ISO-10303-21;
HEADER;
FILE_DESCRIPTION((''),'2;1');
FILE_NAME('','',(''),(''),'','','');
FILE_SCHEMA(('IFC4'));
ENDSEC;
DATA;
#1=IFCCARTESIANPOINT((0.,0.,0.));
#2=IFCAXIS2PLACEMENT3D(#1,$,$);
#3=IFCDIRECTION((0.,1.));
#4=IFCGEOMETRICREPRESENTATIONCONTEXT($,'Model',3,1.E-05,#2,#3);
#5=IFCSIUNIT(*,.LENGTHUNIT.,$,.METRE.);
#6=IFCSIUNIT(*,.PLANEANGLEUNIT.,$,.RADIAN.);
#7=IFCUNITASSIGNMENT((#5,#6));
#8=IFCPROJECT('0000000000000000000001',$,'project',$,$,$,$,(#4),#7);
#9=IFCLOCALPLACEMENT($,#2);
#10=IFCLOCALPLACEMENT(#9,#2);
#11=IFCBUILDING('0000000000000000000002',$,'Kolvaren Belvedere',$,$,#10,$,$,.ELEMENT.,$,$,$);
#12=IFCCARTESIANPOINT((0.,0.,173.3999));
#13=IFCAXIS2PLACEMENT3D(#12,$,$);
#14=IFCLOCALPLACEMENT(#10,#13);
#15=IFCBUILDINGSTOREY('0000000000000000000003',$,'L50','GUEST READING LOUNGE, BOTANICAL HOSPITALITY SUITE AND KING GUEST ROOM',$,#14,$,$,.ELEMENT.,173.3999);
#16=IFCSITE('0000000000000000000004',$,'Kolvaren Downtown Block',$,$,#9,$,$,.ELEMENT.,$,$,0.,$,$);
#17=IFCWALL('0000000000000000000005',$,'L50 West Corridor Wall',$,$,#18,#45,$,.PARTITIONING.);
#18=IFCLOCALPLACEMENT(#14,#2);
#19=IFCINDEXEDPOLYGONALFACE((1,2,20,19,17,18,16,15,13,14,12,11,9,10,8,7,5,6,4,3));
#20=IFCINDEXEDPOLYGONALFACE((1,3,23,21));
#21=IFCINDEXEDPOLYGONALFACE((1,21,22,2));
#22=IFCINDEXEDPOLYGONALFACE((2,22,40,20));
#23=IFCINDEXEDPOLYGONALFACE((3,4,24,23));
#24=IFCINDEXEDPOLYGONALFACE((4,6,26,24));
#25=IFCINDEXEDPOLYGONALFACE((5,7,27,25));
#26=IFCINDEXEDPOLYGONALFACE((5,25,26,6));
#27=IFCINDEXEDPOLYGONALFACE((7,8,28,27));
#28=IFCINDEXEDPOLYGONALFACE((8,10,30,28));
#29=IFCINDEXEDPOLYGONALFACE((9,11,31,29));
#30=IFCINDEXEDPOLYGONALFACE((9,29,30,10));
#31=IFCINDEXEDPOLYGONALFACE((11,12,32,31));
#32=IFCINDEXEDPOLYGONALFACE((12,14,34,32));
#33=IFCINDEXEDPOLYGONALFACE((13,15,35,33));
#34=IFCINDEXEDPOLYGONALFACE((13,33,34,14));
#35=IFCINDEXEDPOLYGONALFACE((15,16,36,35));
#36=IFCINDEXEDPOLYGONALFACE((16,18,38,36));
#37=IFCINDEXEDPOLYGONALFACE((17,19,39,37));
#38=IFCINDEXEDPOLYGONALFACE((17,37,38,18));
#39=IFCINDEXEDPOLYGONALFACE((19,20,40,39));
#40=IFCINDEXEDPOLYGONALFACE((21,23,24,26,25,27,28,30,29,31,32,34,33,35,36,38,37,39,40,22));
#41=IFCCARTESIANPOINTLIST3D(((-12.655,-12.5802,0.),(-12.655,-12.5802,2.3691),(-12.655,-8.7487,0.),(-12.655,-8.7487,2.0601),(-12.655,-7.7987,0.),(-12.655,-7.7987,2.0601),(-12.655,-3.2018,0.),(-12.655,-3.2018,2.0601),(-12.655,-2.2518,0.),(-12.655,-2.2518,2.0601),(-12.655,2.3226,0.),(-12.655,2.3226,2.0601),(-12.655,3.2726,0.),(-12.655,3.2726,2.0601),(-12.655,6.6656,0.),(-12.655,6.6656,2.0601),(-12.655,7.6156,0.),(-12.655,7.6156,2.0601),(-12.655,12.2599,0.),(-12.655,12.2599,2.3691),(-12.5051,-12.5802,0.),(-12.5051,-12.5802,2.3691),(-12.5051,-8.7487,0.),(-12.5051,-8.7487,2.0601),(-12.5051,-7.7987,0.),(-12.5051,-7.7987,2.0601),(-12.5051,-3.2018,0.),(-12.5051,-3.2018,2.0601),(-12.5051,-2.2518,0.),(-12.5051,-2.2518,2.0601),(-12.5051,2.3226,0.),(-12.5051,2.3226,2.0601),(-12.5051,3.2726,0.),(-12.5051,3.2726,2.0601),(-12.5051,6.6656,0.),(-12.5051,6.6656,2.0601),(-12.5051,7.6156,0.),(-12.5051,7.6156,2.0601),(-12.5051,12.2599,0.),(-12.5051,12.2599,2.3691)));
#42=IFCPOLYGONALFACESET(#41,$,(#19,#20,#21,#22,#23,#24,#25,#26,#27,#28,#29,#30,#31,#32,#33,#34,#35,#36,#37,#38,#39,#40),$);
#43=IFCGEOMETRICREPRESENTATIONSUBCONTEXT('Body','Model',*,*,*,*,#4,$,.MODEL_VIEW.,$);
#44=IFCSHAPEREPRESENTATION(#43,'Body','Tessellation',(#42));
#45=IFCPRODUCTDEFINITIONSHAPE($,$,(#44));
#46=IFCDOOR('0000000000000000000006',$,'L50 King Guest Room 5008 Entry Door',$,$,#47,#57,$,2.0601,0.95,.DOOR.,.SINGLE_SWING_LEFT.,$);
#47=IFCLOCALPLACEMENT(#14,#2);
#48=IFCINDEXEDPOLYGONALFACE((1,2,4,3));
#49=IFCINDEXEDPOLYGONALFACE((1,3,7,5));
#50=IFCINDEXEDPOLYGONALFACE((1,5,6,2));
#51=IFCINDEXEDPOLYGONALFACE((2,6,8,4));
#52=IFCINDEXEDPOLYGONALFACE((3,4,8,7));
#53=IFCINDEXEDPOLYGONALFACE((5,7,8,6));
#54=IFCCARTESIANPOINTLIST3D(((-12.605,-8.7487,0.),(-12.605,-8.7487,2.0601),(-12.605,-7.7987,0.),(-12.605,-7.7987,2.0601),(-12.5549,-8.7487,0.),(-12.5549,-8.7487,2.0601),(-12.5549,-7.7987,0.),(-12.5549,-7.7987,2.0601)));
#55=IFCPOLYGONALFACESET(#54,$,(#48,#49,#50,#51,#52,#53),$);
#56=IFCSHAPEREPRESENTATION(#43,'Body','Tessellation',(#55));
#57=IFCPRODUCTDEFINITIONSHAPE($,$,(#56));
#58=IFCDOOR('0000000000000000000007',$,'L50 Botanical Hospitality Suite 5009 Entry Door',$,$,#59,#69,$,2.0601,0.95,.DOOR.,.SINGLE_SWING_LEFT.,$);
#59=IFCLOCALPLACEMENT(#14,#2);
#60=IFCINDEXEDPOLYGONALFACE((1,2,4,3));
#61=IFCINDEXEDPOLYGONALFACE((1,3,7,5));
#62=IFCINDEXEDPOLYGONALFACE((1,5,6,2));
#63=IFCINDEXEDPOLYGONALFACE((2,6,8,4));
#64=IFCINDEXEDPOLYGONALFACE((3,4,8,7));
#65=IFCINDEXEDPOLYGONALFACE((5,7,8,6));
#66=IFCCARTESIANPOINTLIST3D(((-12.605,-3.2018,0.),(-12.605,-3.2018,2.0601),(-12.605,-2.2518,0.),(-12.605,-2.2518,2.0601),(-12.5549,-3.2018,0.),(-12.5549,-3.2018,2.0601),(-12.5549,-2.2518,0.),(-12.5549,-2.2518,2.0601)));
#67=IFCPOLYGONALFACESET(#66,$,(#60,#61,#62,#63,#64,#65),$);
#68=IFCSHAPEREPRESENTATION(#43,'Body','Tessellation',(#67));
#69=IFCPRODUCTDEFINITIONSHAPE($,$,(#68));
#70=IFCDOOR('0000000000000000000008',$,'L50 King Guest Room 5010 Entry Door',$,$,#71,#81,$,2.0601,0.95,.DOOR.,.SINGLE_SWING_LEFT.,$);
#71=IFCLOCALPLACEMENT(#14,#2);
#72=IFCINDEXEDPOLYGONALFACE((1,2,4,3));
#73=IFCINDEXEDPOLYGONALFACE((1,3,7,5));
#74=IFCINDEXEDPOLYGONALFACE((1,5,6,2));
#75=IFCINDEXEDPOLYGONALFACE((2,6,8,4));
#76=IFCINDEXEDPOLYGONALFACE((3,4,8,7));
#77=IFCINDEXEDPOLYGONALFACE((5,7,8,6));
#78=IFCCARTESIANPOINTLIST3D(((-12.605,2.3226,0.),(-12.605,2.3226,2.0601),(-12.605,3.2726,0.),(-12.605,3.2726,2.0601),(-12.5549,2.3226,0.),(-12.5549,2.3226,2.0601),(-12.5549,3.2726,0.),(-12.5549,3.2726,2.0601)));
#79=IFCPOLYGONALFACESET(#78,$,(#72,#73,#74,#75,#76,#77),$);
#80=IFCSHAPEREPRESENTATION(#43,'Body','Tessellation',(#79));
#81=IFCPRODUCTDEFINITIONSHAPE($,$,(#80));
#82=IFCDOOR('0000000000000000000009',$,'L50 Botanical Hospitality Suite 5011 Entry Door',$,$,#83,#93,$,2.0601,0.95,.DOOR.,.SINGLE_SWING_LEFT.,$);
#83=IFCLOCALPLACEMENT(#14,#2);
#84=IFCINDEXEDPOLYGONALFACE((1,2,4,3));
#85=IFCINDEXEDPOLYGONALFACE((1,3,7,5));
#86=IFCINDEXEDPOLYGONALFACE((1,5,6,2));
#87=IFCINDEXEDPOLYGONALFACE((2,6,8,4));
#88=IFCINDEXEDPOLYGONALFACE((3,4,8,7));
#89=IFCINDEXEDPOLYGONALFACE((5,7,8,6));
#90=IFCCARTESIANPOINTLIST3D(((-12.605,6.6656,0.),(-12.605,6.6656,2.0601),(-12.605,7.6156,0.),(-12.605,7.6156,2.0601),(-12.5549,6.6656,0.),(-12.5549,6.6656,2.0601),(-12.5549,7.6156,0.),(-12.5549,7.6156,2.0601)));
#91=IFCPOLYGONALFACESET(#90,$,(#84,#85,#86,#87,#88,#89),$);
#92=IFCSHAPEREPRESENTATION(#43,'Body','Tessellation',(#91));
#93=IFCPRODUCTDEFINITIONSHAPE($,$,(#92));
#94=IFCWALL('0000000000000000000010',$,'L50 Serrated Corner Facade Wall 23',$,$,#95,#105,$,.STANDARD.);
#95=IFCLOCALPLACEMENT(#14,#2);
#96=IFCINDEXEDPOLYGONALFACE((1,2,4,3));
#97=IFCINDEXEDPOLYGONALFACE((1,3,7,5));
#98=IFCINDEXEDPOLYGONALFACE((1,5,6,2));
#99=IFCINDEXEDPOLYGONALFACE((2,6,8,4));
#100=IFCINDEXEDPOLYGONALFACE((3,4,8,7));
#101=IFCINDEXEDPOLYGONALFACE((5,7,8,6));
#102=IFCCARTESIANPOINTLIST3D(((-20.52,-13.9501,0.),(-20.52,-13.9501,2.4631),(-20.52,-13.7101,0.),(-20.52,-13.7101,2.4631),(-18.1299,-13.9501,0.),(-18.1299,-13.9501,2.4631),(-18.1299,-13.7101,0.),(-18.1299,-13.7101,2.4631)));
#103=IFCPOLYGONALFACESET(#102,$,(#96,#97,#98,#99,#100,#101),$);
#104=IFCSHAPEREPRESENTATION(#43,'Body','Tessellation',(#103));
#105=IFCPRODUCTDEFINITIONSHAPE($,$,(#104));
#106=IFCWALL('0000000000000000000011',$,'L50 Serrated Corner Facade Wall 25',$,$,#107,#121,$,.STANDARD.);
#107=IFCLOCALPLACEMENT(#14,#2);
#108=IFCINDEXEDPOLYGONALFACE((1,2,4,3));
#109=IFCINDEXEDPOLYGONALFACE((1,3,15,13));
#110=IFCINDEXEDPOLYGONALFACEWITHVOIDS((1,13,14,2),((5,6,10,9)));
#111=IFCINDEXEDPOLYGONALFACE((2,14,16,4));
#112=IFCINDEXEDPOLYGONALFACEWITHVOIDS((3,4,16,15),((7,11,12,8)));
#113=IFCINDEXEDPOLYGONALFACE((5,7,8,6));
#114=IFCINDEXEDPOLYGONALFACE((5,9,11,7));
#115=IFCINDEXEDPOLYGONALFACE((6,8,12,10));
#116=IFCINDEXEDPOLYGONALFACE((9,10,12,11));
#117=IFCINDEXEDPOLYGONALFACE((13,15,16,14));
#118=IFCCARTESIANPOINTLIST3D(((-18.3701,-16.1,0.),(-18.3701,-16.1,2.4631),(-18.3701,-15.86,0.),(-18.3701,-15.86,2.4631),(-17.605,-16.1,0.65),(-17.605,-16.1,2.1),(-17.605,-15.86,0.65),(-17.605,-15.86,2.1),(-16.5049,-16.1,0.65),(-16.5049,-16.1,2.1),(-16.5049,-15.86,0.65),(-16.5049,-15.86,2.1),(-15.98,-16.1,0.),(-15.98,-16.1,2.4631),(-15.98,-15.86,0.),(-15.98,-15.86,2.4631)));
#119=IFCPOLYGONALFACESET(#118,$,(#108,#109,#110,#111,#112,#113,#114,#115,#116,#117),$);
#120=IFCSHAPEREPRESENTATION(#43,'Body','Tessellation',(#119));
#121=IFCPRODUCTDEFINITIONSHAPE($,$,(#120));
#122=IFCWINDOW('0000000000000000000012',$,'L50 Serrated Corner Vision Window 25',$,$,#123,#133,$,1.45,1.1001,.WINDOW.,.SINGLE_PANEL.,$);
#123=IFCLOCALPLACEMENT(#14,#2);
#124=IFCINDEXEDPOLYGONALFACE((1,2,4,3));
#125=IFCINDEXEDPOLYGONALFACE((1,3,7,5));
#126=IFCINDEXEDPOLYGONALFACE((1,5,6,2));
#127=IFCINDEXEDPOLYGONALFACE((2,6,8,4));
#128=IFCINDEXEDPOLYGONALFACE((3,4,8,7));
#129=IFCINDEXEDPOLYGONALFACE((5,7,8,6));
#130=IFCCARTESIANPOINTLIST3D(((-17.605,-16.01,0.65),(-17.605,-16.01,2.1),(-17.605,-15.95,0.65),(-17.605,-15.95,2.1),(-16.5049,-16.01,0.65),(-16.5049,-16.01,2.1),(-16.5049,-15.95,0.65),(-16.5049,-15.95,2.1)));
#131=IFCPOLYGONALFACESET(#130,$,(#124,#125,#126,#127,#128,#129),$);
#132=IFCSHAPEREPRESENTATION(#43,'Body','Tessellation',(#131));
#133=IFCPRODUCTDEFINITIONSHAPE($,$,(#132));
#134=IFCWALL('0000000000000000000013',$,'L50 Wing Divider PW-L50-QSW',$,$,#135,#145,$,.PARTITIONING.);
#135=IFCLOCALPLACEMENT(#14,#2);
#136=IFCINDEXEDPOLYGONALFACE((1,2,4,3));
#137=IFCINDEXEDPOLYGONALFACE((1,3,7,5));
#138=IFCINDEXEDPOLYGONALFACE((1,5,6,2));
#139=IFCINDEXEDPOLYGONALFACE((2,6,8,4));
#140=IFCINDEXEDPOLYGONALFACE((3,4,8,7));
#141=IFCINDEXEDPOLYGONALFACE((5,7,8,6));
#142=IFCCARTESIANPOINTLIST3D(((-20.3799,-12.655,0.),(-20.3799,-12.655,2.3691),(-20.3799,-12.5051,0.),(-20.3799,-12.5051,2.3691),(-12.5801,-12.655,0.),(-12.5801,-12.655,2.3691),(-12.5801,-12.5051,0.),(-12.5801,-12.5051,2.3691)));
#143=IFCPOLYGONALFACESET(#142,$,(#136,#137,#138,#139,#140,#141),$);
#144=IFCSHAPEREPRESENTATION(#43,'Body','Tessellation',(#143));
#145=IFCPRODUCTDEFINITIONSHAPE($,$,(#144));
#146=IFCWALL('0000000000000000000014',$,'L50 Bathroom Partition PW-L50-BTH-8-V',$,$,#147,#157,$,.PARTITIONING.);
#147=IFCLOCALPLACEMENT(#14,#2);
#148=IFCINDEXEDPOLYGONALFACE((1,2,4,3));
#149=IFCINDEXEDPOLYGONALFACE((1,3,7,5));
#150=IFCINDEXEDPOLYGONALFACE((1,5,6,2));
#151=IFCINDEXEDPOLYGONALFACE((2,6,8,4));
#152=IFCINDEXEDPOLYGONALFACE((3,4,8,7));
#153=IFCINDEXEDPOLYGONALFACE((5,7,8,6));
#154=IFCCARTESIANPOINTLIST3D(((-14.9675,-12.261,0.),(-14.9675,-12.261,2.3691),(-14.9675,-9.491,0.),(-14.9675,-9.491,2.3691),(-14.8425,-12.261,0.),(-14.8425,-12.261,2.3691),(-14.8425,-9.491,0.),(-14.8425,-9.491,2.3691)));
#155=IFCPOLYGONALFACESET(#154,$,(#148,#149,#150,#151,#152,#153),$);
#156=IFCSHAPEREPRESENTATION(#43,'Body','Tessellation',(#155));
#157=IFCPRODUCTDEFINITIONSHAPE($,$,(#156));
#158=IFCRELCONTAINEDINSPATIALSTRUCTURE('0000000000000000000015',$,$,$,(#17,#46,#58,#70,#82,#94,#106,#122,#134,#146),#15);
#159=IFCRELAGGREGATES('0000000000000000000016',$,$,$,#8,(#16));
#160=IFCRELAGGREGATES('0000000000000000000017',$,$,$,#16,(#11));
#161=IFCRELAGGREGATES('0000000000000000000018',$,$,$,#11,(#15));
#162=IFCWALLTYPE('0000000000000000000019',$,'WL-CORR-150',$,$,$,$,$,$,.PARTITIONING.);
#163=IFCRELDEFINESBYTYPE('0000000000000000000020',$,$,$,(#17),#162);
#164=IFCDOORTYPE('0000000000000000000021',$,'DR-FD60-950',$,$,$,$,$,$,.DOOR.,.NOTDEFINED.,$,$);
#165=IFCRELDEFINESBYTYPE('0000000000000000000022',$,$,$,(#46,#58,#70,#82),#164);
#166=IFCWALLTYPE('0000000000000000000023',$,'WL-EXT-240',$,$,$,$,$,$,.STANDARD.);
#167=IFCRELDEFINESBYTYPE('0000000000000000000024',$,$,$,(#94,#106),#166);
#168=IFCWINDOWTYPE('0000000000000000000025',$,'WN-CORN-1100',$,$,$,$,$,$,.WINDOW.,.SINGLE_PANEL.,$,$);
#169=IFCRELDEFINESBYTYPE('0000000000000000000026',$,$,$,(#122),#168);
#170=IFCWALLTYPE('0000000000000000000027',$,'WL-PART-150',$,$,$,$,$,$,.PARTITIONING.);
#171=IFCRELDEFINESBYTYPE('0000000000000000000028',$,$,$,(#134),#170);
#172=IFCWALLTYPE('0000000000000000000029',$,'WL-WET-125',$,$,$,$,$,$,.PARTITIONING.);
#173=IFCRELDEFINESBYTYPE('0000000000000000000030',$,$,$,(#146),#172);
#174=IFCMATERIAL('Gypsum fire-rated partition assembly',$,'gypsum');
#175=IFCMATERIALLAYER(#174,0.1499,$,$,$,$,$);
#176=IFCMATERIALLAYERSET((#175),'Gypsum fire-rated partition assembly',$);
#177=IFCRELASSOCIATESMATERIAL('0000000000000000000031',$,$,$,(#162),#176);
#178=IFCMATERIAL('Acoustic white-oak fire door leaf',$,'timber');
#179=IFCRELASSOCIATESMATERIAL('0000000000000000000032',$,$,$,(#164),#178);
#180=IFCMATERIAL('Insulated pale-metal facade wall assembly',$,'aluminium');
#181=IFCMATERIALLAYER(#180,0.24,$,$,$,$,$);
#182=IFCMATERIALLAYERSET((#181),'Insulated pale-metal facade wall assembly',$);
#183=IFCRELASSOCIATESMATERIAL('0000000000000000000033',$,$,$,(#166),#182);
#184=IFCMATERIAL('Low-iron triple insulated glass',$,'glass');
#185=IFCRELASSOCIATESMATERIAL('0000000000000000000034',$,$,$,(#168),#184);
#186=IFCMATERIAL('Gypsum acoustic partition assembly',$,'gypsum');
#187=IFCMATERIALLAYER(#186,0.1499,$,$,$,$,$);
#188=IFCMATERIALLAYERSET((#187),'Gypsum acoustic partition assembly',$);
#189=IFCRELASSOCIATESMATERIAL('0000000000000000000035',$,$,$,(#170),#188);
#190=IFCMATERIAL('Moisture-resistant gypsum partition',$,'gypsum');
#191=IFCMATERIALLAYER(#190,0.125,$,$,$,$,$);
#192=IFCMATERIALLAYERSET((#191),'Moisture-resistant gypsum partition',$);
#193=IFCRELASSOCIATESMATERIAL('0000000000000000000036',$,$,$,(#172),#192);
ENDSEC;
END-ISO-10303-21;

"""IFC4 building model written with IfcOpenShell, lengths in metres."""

from ifc_helpers import new_model, si_unit, direction, frame, frame_2d, origin, place, context, subcontext, project, spatial, rectangle, extrude, material, layer, layer_set, type_object, element, fill, save


model = new_model("IFC4")

# Units and contexts
model_context = context("Model", 3, precision=1e-05, world=origin(), true_north=direction((0.0, 1.0)))
body_context = subcontext(model_context, "Body", "Model", "MODEL_VIEW")
ifc_project = project(units=[si_unit("LENGTHUNIT", "METRE"), si_unit("PLANEANGLEUNIT", "RADIAN")], contexts=[model_context])

# Site, building, storey
site_placement = place(None, origin())
site = spatial("IfcSite", under=ifc_project, at=site_placement, Name="Kolvaren Downtown Block", CompositionType="ELEMENT", RefElevation=0.0)
building_placement = place(site_placement, origin())
building = spatial("IfcBuilding", under=site, at=building_placement, Name="Kolvaren Belvedere", CompositionType="ELEMENT")
storey_placement = place(building_placement, frame((0.0, 0.0, 173.3999)))
storey = spatial("IfcBuildingStorey", under=building, at=storey_placement, Name="L50", Description="GUEST READING LOUNGE, BOTANICAL HOSPITALITY SUITE AND KING GUEST ROOM", CompositionType="ELEMENT", Elevation=173.3999)

# Wall, openings, doors
ifc_material_1 = material(Name="Gypsum fire-rated partition assembly", Category="gypsum")
ifc_layer_1 = layer(ifc_material_1, 0.1499)
ifc_layer_set_1 = layer_set([ifc_layer_1], Name="Gypsum fire-rated partition assembly")
wall_type_1 = type_object("IfcWallType", Name="WL-CORR-150", PredefinedType="PARTITIONING", material=ifc_layer_set_1)
wall_1_placement = place(storey_placement, frame((-12.5801, -12.5801, 0.0), z_axis=(0.0, 0.0, 1.0), x_axis=(0.0, 1.0, 0.0)))
wall_1 = element("IfcWall", 1, at=wall_1_placement, inside=storey, type_object=wall_type_1, Name="L50 West Corridor Wall", PredefinedType="PARTITIONING", context=body_context, shape_type="SweptSolid", body=[
    extrude(rectangle(XDim=24.8401, YDim=0.1499, at=frame_2d((12.4199, 0.0))), origin(), (0.0, 0.0, 1.0), 2.3691),
])
opening_1_placement = place(wall_1_placement, frame((3.8313, 0.0, 0.0)))
opening_1 = element("IfcOpeningElement", 2, at=opening_1_placement, cuts=wall_1, PredefinedType="OPENING", context=body_context, shape_type="SweptSolid", body=[
    extrude(rectangle(XDim=0.95, YDim=2.0601, at=frame_2d((0.4751, 1.03))), frame((0.0, 0.085, 0.0), z_axis=(0.0, -1.0, 0.0), x_axis=(1.0, 0.0, 0.0)), (0.0, 0.0, 1.0), 0.1699),
])
opening_2_placement = place(wall_1_placement, frame((9.3782, 0.0, 0.0)))
opening_2 = element("IfcOpeningElement", 3, at=opening_2_placement, cuts=wall_1, PredefinedType="OPENING", context=body_context, shape_type="SweptSolid", body=[
    extrude(rectangle(XDim=0.95, YDim=2.0601, at=frame_2d((0.4751, 1.03))), frame((0.0, 0.085, 0.0), z_axis=(0.0, -1.0, 0.0), x_axis=(1.0, 0.0, 0.0)), (0.0, 0.0, 1.0), 0.1699),
])
opening_3_placement = place(wall_1_placement, frame((14.9026, 0.0, 0.0)))
opening_3 = element("IfcOpeningElement", 4, at=opening_3_placement, cuts=wall_1, PredefinedType="OPENING", context=body_context, shape_type="SweptSolid", body=[
    extrude(rectangle(XDim=0.95, YDim=2.0601, at=frame_2d((0.4751, 1.03))), frame((0.0, 0.085, 0.0), z_axis=(0.0, -1.0, 0.0), x_axis=(1.0, 0.0, 0.0)), (0.0, 0.0, 1.0), 0.1699),
])
opening_4_placement = place(wall_1_placement, frame((19.2456, 0.0, 0.0)))
opening_4 = element("IfcOpeningElement", 5, at=opening_4_placement, cuts=wall_1, PredefinedType="OPENING", context=body_context, shape_type="SweptSolid", body=[
    extrude(rectangle(XDim=0.95, YDim=2.0601, at=frame_2d((0.4751, 1.03))), frame((0.0, 0.085, 0.0), z_axis=(0.0, -1.0, 0.0), x_axis=(1.0, 0.0, 0.0)), (0.0, 0.0, 1.0), 0.1699),
])
ifc_material_2 = material(Name="Acoustic white-oak fire door leaf", Category="timber")
door_type_1 = type_object("IfcDoorType", Name="DR-FD60-950", OperationType="NOTDEFINED", PredefinedType="DOOR", material=ifc_material_2)
door_1_placement = place(opening_1_placement, origin())
door_1 = element("IfcDoor", 6, at=door_1_placement, inside=storey, type_object=door_type_1, Name="L50 King Guest Room 5008 Entry Door", OperationType="SINGLE_SWING_LEFT", OverallHeight=2.0601, OverallWidth=0.95, PredefinedType="DOOR", context=body_context, shape_type="SweptSolid", body=[
    extrude(rectangle(XDim=0.95, YDim=2.0601, at=frame_2d((0.4751, 1.03))), frame((0.0, 0.0249, 0.0), z_axis=(0.0, -1.0, 0.0), x_axis=(1.0, 0.0, 0.0)), (0.0, 0.0, 1.0), 0.05),
])
fill(opening_1, door_1)
door_2_placement = place(opening_2_placement, origin())
door_2 = element("IfcDoor", 7, at=door_2_placement, inside=storey, type_object=door_type_1, Name="L50 Botanical Hospitality Suite 5009 Entry Door", OperationType="SINGLE_SWING_LEFT", OverallHeight=2.0601, OverallWidth=0.95, PredefinedType="DOOR", context=body_context, shape_type="SweptSolid", body=[
    extrude(rectangle(XDim=0.95, YDim=2.0601, at=frame_2d((0.4751, 1.03))), frame((0.0, 0.0249, 0.0), z_axis=(0.0, -1.0, 0.0), x_axis=(1.0, 0.0, 0.0)), (0.0, 0.0, 1.0), 0.05),
])
fill(opening_2, door_2)
door_3_placement = place(opening_3_placement, origin())
door_3 = element("IfcDoor", 8, at=door_3_placement, inside=storey, type_object=door_type_1, Name="L50 King Guest Room 5010 Entry Door", OperationType="SINGLE_SWING_LEFT", OverallHeight=2.0601, OverallWidth=0.95, PredefinedType="DOOR", context=body_context, shape_type="SweptSolid", body=[
    extrude(rectangle(XDim=0.95, YDim=2.0601, at=frame_2d((0.4751, 1.03))), frame((0.0, 0.0249, 0.0), z_axis=(0.0, -1.0, 0.0), x_axis=(1.0, 0.0, 0.0)), (0.0, 0.0, 1.0), 0.05),
])
fill(opening_3, door_3)
door_4_placement = place(opening_4_placement, origin())
door_4 = element("IfcDoor", 9, at=door_4_placement, inside=storey, type_object=door_type_1, Name="L50 Botanical Hospitality Suite 5011 Entry Door", OperationType="SINGLE_SWING_LEFT", OverallHeight=2.0601, OverallWidth=0.95, PredefinedType="DOOR", context=body_context, shape_type="SweptSolid", body=[
    extrude(rectangle(XDim=0.95, YDim=2.0601, at=frame_2d((0.4751, 1.03))), frame((0.0, 0.0249, 0.0), z_axis=(0.0, -1.0, 0.0), x_axis=(1.0, 0.0, 0.0)), (0.0, 0.0, 1.0), 0.05),
])
fill(opening_4, door_4)

# Wall
ifc_material_3 = material(Name="Insulated pale-metal facade wall assembly", Category="aluminium")
ifc_layer_2 = layer(ifc_material_3, 0.24)
ifc_layer_set_2 = layer_set([ifc_layer_2], Name="Insulated pale-metal facade wall assembly")
wall_type_2 = type_object("IfcWallType", Name="WL-EXT-240", PredefinedType="STANDARD", material=ifc_layer_set_2)
wall_2_placement = place(storey_placement, frame((-18.1299, -13.8301, 0.0), z_axis=(0.0, 0.0, 1.0), x_axis=(-1.0, 0.0, 0.0)))
element("IfcWall", 10, at=wall_2_placement, inside=storey, type_object=wall_type_2, Name="L50 Serrated Corner Facade Wall 23", PredefinedType="STANDARD", context=body_context, shape_type="SweptSolid", body=[
    extrude(rectangle(XDim=2.3901, YDim=0.24, at=frame_2d((1.1951, 0.0))), origin(), (0.0, 0.0, 1.0), 2.4631),
])

# Wall, opening, window
wall_3_placement = place(storey_placement, frame((-15.98, -15.98, 0.0), z_axis=(0.0, 0.0, 1.0), x_axis=(-1.0, 0.0, 0.0)))
wall_3 = element("IfcWall", 11, at=wall_3_placement, inside=storey, type_object=wall_type_2, Name="L50 Serrated Corner Facade Wall 25", PredefinedType="STANDARD", context=body_context, shape_type="SweptSolid", body=[
    extrude(rectangle(XDim=2.3901, YDim=0.24, at=frame_2d((1.1951, 0.0))), origin(), (0.0, 0.0, 1.0), 2.4631),
])
opening_5_placement = place(wall_3_placement, frame((0.5249, 0.0, 0.6499)))
opening_5 = element("IfcOpeningElement", 12, at=opening_5_placement, cuts=wall_3, PredefinedType="OPENING", context=body_context, shape_type="SweptSolid", body=[
    extrude(rectangle(XDim=1.1001, YDim=1.45, at=frame_2d((0.55, 0.7251))), frame((0.0, 0.1299, 0.0), z_axis=(0.0, -1.0, 0.0), x_axis=(1.0, 0.0, 0.0)), (0.0, 0.0, 1.0), 0.26),
])
ifc_material_4 = material(Name="Low-iron triple insulated glass", Category="glass")
window_type = type_object("IfcWindowType", Name="WN-CORN-1100", PartitioningType="SINGLE_PANEL", PredefinedType="WINDOW", material=ifc_material_4)
window_placement = place(opening_5_placement, origin())
window = element("IfcWindow", 13, at=window_placement, inside=storey, type_object=window_type, Name="L50 Serrated Corner Vision Window 25", OverallHeight=1.45, OverallWidth=1.1001, PartitioningType="SINGLE_PANEL", PredefinedType="WINDOW", context=body_context, shape_type="SweptSolid", body=[
    extrude(rectangle(XDim=1.1001, YDim=1.45, at=frame_2d((0.55, 0.7251))), frame((0.0, 0.03, 0.0), z_axis=(0.0, -1.0, 0.0), x_axis=(1.0, 0.0, 0.0)), (0.0, 0.0, 1.0), 0.0601),
])
fill(opening_5, window)

# Walls
ifc_material_5 = material(Name="Gypsum acoustic partition assembly", Category="gypsum")
ifc_layer_3 = layer(ifc_material_5, 0.1499)
ifc_layer_set_3 = layer_set([ifc_layer_3], Name="Gypsum acoustic partition assembly")
wall_type_3 = type_object("IfcWallType", Name="WL-PART-150", PredefinedType="PARTITIONING", material=ifc_layer_set_3)
wall_4_placement = place(storey_placement, frame((-20.3799, -12.5801, 0.0), z_axis=(0.0, 0.0, 1.0), x_axis=(1.0, 0.0, 0.0)))
element("IfcWall", 14, at=wall_4_placement, inside=storey, type_object=wall_type_3, Name="L50 Wing Divider PW-L50-QSW", PredefinedType="PARTITIONING", context=body_context, shape_type="SweptSolid", body=[
    extrude(rectangle(XDim=7.7998, YDim=0.1499, at=frame_2d((3.8999, 0.0))), origin(), (0.0, 0.0, 1.0), 2.3691),
])
ifc_material_6 = material(Name="Moisture-resistant gypsum partition", Category="gypsum")
ifc_layer_4 = layer(ifc_material_6, 0.125)
ifc_layer_set_4 = layer_set([ifc_layer_4], Name="Moisture-resistant gypsum partition")
wall_type_4 = type_object("IfcWallType", Name="WL-WET-125", PredefinedType="PARTITIONING", material=ifc_layer_set_4)
wall_5_placement = place(storey_placement, frame((-14.905, -12.261, 0.0), z_axis=(0.0, 0.0, 1.0), x_axis=(0.0, 1.0, 0.0)))
element("IfcWall", 15, at=wall_5_placement, inside=storey, type_object=wall_type_4, Name="L50 Bathroom Partition PW-L50-BTH-8-V", PredefinedType="PARTITIONING", context=body_context, shape_type="SweptSolid", body=[
    extrude(rectangle(XDim=2.77, YDim=0.125, at=frame_2d((1.385, 0.0))), origin(), (0.0, 0.0, 1.0), 2.3691),
])

save(model, "model.ifc")
